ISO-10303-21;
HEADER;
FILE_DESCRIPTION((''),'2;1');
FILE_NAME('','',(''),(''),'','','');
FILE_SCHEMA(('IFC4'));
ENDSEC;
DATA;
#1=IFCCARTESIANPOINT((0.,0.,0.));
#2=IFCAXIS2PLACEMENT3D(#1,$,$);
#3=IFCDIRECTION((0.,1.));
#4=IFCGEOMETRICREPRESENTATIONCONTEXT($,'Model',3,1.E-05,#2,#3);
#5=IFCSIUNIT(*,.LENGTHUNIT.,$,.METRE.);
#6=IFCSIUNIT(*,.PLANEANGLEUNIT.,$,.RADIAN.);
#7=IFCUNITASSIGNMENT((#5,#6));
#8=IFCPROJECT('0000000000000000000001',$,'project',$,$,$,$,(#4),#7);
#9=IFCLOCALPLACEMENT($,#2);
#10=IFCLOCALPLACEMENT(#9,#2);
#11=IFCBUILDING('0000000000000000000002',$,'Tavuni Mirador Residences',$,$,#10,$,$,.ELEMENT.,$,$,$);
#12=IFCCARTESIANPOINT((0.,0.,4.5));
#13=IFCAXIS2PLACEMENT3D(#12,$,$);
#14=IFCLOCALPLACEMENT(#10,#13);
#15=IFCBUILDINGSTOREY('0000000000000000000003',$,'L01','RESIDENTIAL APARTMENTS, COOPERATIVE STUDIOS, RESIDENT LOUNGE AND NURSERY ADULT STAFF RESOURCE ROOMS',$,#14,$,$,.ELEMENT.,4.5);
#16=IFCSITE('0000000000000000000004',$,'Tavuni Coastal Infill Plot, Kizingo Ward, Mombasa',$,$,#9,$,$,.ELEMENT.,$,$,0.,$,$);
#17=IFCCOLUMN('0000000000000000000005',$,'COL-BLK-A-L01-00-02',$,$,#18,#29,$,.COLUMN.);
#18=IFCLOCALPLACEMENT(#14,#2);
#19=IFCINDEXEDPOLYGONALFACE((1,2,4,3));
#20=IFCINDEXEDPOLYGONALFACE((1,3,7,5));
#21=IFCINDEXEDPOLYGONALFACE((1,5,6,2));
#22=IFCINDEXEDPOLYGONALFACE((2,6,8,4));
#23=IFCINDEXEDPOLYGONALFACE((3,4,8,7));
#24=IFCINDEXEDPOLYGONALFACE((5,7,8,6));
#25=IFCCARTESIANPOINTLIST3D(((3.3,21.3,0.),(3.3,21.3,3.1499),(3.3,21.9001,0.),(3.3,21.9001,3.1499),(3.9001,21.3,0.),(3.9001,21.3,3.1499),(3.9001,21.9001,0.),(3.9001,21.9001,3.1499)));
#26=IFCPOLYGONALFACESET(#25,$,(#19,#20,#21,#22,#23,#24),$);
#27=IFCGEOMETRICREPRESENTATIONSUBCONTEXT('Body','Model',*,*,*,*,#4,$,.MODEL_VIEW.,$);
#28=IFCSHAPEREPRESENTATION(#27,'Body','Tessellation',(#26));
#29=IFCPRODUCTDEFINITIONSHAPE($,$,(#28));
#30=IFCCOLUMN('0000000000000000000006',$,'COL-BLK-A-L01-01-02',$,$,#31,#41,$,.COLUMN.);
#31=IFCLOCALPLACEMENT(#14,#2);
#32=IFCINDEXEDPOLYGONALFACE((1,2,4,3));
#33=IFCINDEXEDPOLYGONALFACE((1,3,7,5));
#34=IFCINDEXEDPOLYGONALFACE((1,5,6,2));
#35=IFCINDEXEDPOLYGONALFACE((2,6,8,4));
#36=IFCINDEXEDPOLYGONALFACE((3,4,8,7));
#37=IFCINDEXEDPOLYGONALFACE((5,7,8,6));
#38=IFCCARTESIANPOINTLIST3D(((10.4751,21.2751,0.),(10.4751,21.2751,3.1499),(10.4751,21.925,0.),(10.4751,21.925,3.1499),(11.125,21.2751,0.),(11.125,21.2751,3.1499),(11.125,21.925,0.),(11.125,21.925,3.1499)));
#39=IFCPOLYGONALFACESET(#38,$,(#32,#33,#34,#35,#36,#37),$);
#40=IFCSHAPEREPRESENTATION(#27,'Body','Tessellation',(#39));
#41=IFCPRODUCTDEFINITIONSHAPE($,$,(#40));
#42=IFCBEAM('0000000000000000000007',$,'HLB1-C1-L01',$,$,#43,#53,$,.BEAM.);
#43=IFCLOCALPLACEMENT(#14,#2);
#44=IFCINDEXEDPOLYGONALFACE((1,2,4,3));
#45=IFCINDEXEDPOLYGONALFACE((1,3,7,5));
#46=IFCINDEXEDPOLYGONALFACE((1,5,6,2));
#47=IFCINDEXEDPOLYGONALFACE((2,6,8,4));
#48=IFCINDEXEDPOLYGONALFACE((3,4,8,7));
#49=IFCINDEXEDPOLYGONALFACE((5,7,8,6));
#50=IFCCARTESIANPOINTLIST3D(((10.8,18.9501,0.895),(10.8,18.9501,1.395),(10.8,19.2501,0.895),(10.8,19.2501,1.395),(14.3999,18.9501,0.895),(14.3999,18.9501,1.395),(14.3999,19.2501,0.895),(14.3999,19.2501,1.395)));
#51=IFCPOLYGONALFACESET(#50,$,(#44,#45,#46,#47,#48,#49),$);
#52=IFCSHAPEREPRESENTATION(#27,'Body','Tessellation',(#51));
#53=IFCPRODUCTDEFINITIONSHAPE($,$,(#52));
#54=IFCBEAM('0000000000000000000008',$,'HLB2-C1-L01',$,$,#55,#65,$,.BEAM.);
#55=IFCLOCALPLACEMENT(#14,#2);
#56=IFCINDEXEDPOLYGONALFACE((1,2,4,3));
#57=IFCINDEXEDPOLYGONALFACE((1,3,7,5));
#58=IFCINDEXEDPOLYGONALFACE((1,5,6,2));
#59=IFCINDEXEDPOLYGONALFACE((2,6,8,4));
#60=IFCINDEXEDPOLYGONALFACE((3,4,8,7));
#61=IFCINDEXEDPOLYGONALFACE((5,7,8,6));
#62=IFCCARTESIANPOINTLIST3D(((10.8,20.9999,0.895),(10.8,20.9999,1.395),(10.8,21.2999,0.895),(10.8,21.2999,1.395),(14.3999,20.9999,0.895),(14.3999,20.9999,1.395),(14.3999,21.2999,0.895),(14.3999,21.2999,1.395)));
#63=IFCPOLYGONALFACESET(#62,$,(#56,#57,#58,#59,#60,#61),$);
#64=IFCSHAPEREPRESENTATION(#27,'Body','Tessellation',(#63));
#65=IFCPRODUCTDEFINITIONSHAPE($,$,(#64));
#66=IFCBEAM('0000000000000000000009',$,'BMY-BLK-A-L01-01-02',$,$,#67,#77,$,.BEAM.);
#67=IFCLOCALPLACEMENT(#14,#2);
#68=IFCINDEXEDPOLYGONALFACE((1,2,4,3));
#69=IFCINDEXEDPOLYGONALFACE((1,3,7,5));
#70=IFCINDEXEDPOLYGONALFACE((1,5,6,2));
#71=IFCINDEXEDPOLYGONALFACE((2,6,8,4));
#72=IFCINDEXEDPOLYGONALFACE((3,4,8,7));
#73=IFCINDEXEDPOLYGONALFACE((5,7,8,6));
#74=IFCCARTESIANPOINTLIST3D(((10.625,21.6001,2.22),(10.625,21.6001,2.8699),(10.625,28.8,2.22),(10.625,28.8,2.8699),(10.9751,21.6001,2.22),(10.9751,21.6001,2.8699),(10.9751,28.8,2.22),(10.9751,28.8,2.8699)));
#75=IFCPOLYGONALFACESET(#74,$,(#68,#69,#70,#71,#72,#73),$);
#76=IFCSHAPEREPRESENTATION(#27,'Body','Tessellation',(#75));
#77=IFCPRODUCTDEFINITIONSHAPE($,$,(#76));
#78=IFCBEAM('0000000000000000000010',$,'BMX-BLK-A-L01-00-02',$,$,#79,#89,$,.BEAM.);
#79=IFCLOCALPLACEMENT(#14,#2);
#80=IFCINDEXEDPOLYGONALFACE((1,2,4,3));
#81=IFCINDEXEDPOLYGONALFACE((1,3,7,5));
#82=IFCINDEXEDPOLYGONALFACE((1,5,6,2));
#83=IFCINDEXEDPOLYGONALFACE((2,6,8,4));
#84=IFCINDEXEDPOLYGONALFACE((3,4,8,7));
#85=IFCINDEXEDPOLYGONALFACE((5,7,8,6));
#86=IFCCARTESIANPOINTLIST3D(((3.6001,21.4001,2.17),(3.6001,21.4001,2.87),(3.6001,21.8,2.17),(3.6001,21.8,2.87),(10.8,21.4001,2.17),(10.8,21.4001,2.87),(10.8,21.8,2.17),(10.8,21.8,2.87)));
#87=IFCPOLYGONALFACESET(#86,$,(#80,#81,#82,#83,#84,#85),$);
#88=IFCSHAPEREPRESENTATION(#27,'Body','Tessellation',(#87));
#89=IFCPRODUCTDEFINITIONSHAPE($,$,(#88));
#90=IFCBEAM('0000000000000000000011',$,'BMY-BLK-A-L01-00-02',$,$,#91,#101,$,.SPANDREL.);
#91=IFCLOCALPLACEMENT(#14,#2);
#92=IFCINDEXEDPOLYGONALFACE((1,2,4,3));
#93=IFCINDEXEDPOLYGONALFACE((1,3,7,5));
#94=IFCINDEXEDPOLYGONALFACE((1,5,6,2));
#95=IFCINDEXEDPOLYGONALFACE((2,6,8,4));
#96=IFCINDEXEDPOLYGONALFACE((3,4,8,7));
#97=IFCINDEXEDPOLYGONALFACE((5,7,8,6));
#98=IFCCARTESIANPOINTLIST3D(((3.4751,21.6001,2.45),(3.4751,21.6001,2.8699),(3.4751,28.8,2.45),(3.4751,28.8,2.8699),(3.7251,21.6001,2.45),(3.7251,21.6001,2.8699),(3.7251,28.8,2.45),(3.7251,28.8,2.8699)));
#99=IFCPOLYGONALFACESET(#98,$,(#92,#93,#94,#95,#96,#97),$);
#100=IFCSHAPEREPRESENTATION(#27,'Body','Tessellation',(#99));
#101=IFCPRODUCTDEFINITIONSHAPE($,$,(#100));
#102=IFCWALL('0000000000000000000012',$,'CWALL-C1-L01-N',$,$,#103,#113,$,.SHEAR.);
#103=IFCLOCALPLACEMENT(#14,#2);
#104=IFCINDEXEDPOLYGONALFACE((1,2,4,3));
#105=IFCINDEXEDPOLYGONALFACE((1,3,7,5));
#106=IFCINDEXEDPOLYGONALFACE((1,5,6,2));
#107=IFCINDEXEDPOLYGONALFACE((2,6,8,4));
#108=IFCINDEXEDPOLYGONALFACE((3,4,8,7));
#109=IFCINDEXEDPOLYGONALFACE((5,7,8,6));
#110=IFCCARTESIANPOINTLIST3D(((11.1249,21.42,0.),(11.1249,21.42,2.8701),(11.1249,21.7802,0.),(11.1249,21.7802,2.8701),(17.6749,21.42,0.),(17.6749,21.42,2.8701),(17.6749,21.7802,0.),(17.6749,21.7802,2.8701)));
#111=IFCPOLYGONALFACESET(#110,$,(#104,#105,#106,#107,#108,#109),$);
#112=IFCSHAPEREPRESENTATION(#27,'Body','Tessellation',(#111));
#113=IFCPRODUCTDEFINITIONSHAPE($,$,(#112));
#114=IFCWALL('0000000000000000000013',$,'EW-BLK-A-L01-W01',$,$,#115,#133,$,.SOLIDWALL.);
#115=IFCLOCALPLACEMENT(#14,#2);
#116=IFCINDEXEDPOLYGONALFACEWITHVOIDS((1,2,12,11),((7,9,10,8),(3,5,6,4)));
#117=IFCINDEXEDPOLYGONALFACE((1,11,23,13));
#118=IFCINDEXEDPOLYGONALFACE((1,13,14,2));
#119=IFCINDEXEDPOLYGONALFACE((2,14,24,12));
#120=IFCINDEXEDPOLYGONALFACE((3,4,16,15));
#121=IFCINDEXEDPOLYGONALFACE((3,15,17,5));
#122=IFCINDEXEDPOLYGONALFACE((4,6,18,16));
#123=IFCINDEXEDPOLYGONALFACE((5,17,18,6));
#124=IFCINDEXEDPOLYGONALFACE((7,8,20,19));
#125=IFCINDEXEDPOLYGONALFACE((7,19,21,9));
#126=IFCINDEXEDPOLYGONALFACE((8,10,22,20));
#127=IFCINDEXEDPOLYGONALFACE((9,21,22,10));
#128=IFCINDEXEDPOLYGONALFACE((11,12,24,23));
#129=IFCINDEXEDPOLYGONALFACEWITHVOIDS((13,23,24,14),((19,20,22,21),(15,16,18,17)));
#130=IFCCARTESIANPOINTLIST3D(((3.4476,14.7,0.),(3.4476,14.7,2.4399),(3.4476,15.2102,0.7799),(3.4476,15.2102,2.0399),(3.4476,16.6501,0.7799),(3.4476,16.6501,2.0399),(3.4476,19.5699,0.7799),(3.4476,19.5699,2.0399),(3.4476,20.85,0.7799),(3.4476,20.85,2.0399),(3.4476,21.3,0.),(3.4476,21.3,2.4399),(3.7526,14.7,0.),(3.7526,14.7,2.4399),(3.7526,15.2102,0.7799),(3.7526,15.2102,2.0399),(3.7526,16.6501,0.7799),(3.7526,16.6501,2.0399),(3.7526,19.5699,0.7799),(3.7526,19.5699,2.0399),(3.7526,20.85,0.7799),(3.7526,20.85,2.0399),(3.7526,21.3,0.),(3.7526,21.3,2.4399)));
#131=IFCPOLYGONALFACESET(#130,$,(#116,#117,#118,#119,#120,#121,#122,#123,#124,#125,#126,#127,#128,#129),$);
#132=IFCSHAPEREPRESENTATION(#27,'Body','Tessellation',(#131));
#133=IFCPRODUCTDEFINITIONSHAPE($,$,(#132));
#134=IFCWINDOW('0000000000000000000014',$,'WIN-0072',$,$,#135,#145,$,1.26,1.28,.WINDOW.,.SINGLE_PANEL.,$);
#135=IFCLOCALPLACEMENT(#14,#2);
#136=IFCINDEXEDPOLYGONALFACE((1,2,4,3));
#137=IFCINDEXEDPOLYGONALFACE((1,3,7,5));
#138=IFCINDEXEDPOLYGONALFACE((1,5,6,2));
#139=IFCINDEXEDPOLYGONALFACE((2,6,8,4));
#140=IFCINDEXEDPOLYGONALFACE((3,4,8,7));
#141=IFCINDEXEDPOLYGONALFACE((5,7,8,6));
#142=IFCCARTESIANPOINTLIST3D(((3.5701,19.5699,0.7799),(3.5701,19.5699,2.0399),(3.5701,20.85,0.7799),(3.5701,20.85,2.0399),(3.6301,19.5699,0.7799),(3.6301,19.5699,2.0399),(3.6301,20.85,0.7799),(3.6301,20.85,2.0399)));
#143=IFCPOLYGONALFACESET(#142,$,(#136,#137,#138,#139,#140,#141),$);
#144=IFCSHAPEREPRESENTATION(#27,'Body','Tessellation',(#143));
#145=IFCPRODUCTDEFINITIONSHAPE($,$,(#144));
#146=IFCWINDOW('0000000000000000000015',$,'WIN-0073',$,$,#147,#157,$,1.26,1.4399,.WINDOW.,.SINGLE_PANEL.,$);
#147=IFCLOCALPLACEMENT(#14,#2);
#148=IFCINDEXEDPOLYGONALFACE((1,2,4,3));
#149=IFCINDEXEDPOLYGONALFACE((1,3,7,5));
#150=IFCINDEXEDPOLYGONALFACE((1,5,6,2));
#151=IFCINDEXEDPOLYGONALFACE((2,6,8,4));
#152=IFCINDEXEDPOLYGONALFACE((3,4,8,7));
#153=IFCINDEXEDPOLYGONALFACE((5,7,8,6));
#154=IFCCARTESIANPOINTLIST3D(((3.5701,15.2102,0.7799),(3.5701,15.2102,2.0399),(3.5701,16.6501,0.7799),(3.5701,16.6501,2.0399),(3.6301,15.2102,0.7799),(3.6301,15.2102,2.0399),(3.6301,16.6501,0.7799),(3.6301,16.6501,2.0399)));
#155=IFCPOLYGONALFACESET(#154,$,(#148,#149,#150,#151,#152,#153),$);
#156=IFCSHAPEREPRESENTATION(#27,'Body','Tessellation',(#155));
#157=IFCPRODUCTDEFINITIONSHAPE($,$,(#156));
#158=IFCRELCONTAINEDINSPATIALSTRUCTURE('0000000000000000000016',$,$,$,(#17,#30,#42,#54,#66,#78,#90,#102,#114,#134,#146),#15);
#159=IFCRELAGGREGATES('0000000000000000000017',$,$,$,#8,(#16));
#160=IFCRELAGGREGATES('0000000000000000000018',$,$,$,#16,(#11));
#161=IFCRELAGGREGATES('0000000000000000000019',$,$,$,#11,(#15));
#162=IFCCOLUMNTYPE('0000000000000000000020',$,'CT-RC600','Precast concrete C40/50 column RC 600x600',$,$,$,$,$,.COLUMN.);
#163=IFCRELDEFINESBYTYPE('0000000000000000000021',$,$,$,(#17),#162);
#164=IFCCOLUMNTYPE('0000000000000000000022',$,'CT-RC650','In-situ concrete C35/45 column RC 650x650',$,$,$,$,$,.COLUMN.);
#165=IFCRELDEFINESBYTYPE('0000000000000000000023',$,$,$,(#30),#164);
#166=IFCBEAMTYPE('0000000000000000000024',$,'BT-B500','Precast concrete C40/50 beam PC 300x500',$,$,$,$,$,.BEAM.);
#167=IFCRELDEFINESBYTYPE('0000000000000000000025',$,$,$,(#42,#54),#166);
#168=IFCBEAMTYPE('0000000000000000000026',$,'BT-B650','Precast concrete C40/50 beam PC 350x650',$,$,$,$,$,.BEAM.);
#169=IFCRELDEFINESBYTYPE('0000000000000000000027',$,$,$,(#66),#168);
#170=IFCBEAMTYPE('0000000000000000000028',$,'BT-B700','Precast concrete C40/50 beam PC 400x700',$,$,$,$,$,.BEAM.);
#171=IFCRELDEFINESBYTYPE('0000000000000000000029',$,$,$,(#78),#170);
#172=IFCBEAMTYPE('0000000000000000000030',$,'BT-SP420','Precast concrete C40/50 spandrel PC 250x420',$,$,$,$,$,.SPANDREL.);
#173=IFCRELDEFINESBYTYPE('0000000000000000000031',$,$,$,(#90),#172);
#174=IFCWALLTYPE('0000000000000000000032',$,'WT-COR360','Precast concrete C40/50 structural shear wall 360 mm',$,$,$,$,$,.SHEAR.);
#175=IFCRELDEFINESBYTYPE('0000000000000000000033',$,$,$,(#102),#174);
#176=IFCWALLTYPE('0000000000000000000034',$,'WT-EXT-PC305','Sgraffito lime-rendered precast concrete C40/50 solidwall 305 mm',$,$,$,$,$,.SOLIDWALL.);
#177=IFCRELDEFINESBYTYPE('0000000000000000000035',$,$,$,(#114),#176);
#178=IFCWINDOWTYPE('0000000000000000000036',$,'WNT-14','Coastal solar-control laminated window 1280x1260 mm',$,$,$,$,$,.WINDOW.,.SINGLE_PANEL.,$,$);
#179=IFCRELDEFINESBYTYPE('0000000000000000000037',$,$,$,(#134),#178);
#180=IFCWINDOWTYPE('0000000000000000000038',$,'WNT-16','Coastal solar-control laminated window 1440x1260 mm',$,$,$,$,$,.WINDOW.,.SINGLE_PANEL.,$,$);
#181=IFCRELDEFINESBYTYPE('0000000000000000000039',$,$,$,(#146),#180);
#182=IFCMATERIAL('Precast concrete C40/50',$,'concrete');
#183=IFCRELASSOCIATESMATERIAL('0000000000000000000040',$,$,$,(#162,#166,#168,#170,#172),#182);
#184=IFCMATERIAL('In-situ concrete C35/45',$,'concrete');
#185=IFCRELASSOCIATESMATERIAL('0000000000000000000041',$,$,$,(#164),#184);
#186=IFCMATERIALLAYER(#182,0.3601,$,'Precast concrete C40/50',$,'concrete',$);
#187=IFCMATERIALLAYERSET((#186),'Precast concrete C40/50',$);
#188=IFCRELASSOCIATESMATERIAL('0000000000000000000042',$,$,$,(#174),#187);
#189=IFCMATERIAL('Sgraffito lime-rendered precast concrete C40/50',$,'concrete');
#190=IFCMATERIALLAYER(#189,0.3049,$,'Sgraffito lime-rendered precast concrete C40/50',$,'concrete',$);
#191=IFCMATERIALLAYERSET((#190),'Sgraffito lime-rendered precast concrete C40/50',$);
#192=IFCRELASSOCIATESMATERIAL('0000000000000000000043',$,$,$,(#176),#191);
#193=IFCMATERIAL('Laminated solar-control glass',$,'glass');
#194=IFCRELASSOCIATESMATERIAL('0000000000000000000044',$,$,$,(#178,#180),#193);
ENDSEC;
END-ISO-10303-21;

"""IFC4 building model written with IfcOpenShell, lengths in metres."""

from ifc_helpers import new_model, si_unit, direction, frame, frame_2d, origin, origin_2d, place, context, subcontext, project, spatial, rectangle, extrude, material, layer, layer_set, material_profile, profile_set, type_object, element, fill, save


model = new_model("IFC4")

# Units and contexts
model_context = context("Model", 3, precision=1e-05, world=origin(), true_north=direction((0.0, 1.0)))
body_context = subcontext(model_context, "Body", "Model", "MODEL_VIEW")
ifc_project = project(units=[si_unit("LENGTHUNIT", "METRE"), si_unit("PLANEANGLEUNIT", "RADIAN")], contexts=[model_context])

# Site, building, storey
site_placement = place(None, origin())
site = spatial("IfcSite", under=ifc_project, at=site_placement, Name="Tavuni Coastal Infill Plot, Kizingo Ward, Mombasa", CompositionType="ELEMENT", RefElevation=0.0)
building_placement = place(site_placement, origin())
building = spatial("IfcBuilding", under=site, at=building_placement, Name="Tavuni Mirador Residences", CompositionType="ELEMENT")
storey_placement = place(building_placement, frame((0.0, 0.0, 4.5)))
storey = spatial("IfcBuildingStorey", under=building, at=storey_placement, Name="L01", Description="RESIDENTIAL APARTMENTS, COOPERATIVE STUDIOS, RESIDENT LOUNGE AND NURSERY ADULT STAFF RESOURCE ROOMS", CompositionType="ELEMENT", Elevation=4.5)

# Columns
ifc_material_1 = material(Name="Precast concrete C40/50", Category="concrete")
ifc_material_profile_1 = material_profile(ifc_material_1, rectangle(XDim=0.6001, YDim=0.6001, at=origin_2d()), Name="RC 600x600", Category="concrete")
ifc_profile_set_1 = profile_set([ifc_material_profile_1], Name="Precast concrete C40/50")
column_type_1 = type_object("IfcColumnType", Name="CT-RC600", Description="Precast concrete C40/50 column RC 600x600", PredefinedType="COLUMN", material=ifc_profile_set_1)
column_1_placement = place(storey_placement, frame((3.6001, 21.6001, 0.0), z_axis=(0.0, 0.0, 1.0), x_axis=(1.0, 0.0, 0.0)))
element("IfcColumn", 1, at=column_1_placement, inside=storey, type_object=column_type_1, Name="COL-BLK-A-L01-00-02", PredefinedType="COLUMN", context=body_context, shape_type="SweptSolid", body=[
    extrude(rectangle(XDim=0.6001, YDim=0.6001, at=origin_2d()), origin(), (0.0, 0.0, 1.0), 3.1499),
])
ifc_material_2 = material(Name="In-situ concrete C35/45", Category="concrete")
ifc_material_profile_2 = material_profile(ifc_material_2, rectangle(XDim=0.6499, YDim=0.6499, at=origin_2d()), Name="RC 650x650", Category="concrete")
ifc_profile_set_2 = profile_set([ifc_material_profile_2], Name="In-situ concrete C35/45")
column_type_2 = type_object("IfcColumnType", Name="CT-RC650", Description="In-situ concrete C35/45 column RC 650x650", PredefinedType="COLUMN", material=ifc_profile_set_2)
column_2_placement = place(storey_placement, frame((10.8, 21.6001, 0.0), z_axis=(0.0, 0.0, 1.0), x_axis=(1.0, 0.0, 0.0)))
element("IfcColumn", 2, at=column_2_placement, inside=storey, type_object=column_type_2, Name="COL-BLK-A-L01-01-02", PredefinedType="COLUMN", context=body_context, shape_type="SweptSolid", body=[
    extrude(rectangle(XDim=0.6499, YDim=0.6499, at=origin_2d()), origin(), (0.0, 0.0, 1.0), 3.1499),
])

# Beams
ifc_material_profile_3 = material_profile(ifc_material_1, rectangle(XDim=0.3, YDim=0.5, at=origin_2d()), Name="PC 300x500", Category="concrete")
ifc_profile_set_3 = profile_set([ifc_material_profile_3], Name="Precast concrete C40/50")
beam_type_1 = type_object("IfcBeamType", Name="BT-B500", Description="Precast concrete C40/50 beam PC 300x500", PredefinedType="BEAM", material=ifc_profile_set_3)
for number, where, z_axis, x_axis, name in (
    (3, (10.8, 19.1001, 1.145), (1.0, 0.0, 0.0), (0.0, 1.0, 0.0), "HLB1-C1-L01"),
    (4, (10.8, 21.1499, 1.145), (1.0, 0.0, 0.0), (0.0, 1.0, 0.0), "HLB2-C1-L01"),
):
    element("IfcBeam", number, at=place(storey_placement, frame(where, z_axis=z_axis, x_axis=x_axis)), inside=storey, type_object=beam_type_1, Name=name, PredefinedType="BEAM", context=body_context, shape_type="SweptSolid", body=[
        extrude(rectangle(XDim=0.3, YDim=0.5, at=origin_2d()), origin(), (0.0, 0.0, 1.0), 3.5999),
    ])
ifc_material_profile_4 = material_profile(ifc_material_1, rectangle(XDim=0.3501, YDim=0.6499, at=origin_2d()), Name="PC 350x650", Category="concrete")
ifc_profile_set_4 = profile_set([ifc_material_profile_4], Name="Precast concrete C40/50")
beam_type_2 = type_object("IfcBeamType", Name="BT-B650", Description="Precast concrete C40/50 beam PC 350x650", PredefinedType="BEAM", material=ifc_profile_set_4)
beam_1_placement = place(storey_placement, frame((10.8, 21.6001, 2.5449), z_axis=(0.0, 1.0, 0.0), x_axis=(-1.0, 0.0, 0.0)))
element("IfcBeam", 5, at=beam_1_placement, inside=storey, type_object=beam_type_2, Name="BMY-BLK-A-L01-01-02", PredefinedType="BEAM", context=body_context, shape_type="SweptSolid", body=[
    extrude(rectangle(XDim=0.3501, YDim=0.6499, at=origin_2d()), origin(), (0.0, 0.0, 1.0), 7.2),
])
ifc_material_profile_5 = material_profile(ifc_material_1, rectangle(XDim=0.3999, YDim=0.7, at=origin_2d()), Name="PC 400x700", Category="concrete")
ifc_profile_set_5 = profile_set([ifc_material_profile_5], Name="Precast concrete C40/50")
beam_type_3 = type_object("IfcBeamType", Name="BT-B700", Description="Precast concrete C40/50 beam PC 400x700", PredefinedType="BEAM", material=ifc_profile_set_5)
beam_2_placement = place(storey_placement, frame((3.6001, 21.6001, 2.52), z_axis=(1.0, 0.0, 0.0), x_axis=(0.0, 1.0, 0.0)))
element("IfcBeam", 6, at=beam_2_placement, inside=storey, type_object=beam_type_3, Name="BMX-BLK-A-L01-00-02", PredefinedType="BEAM", context=body_context, shape_type="SweptSolid", body=[
    extrude(rectangle(XDim=0.3999, YDim=0.7, at=origin_2d()), origin(), (0.0, 0.0, 1.0), 7.2),
])
ifc_material_profile_6 = material_profile(ifc_material_1, rectangle(XDim=0.25, YDim=0.4199, at=origin_2d()), Name="PC 250x420", Category="concrete")
ifc_profile_set_6 = profile_set([ifc_material_profile_6], Name="Precast concrete C40/50")
beam_type_4 = type_object("IfcBeamType", Name="BT-SP420", Description="Precast concrete C40/50 spandrel PC 250x420", PredefinedType="SPANDREL", material=ifc_profile_set_6)
beam_3_placement = place(storey_placement, frame((3.6001, 21.6001, 2.6599), z_axis=(0.0, 1.0, 0.0), x_axis=(-1.0, 0.0, 0.0)))
element("IfcBeam", 7, at=beam_3_placement, inside=storey, type_object=beam_type_4, Name="BMY-BLK-A-L01-00-02", PredefinedType="SPANDREL", context=body_context, shape_type="SweptSolid", body=[
    extrude(rectangle(XDim=0.25, YDim=0.4199, at=origin_2d()), origin(), (0.0, 0.0, 1.0), 7.2),
])

# Wall
ifc_layer_1 = layer(ifc_material_1, 0.3601, Name="Precast concrete C40/50", Category="concrete")
ifc_layer_set_1 = layer_set([ifc_layer_1], Name="Precast concrete C40/50")
wall_type_1 = type_object("IfcWallType", Name="WT-COR360", Description="Precast concrete C40/50 structural shear wall 360 mm", PredefinedType="SHEAR", material=ifc_layer_set_1)
wall_1_placement = place(storey_placement, frame((11.125, 21.6001, 0.0), z_axis=(0.0, 0.0, 1.0), x_axis=(1.0, 0.0, 0.0)))
element("IfcWall", 8, at=wall_1_placement, inside=storey, type_object=wall_type_1, Name="CWALL-C1-L01-N", PredefinedType="SHEAR", context=body_context, shape_type="SweptSolid", body=[
    extrude(rectangle(XDim=6.55, YDim=0.3601, at=frame_2d((3.2749, 0.0))), origin(), (0.0, 0.0, 1.0), 2.8701),
])

# Wall, openings, windows
ifc_material_3 = material(Name="Sgraffito lime-rendered precast concrete C40/50", Category="concrete")
ifc_layer_2 = layer(ifc_material_3, 0.3049, Name="Sgraffito lime-rendered precast concrete C40/50", Category="concrete")
ifc_layer_set_2 = layer_set([ifc_layer_2], Name="Sgraffito lime-rendered precast concrete C40/50")
wall_type_2 = type_object("IfcWallType", Name="WT-EXT-PC305", Description="Sgraffito lime-rendered precast concrete C40/50 solidwall 305 mm", PredefinedType="SOLIDWALL", material=ifc_layer_set_2)
wall_2_placement = place(storey_placement, frame((3.6001, 21.3, 0.0), z_axis=(0.0, 0.0, 1.0), x_axis=(0.0, -1.0, 0.0)))
wall_2 = element("IfcWall", 9, at=wall_2_placement, inside=storey, type_object=wall_type_2, Name="EW-BLK-A-L01-W01", PredefinedType="SOLIDWALL", context=body_context, shape_type="SweptSolid", body=[
    extrude(rectangle(XDim=6.6001, YDim=0.3049, at=frame_2d((3.3, 0.0))), origin(), (0.0, 0.0, 1.0), 2.4399),
])
opening_1_placement = place(wall_2_placement, frame((0.45, 0.0, 0.78)))
opening_1 = element("IfcOpeningElement", 10, at=opening_1_placement, cuts=wall_2, PredefinedType="OPENING", context=body_context, shape_type="SweptSolid", body=[
    extrude(rectangle(XDim=1.28, YDim=1.26, at=frame_2d((0.6401, 0.6299))), frame((0.0, 0.1626, 0.0), z_axis=(0.0, -1.0, 0.0), x_axis=(1.0, 0.0, 0.0)), (0.0, 0.0, 1.0), 0.325),
])
opening_2_placement = place(wall_2_placement, frame((4.6499, 0.0, 0.78)))
opening_2 = element("IfcOpeningElement", 11, at=opening_2_placement, cuts=wall_2, PredefinedType="OPENING", context=body_context, shape_type="SweptSolid", body=[
    extrude(rectangle(XDim=1.4399, YDim=1.26, at=frame_2d((0.72, 0.6299))), frame((0.0, 0.1626, 0.0), z_axis=(0.0, -1.0, 0.0), x_axis=(1.0, 0.0, 0.0)), (0.0, 0.0, 1.0), 0.325),
])
ifc_material_4 = material(Name="Laminated solar-control glass", Category="glass")
window_type_1 = type_object("IfcWindowType", Name="WNT-14", Description="Coastal solar-control laminated window 1280x1260 mm", PartitioningType="SINGLE_PANEL", PredefinedType="WINDOW", material=ifc_material_4)
window_1_placement = place(opening_1_placement, origin())
window_1 = element("IfcWindow", 12, at=window_1_placement, inside=storey, type_object=window_type_1, Name="WIN-0072", OverallHeight=1.26, OverallWidth=1.28, PartitioningType="SINGLE_PANEL", PredefinedType="WINDOW", context=body_context, shape_type="SweptSolid", body=[
    extrude(rectangle(XDim=1.28, YDim=1.26, at=frame_2d((0.6401, 0.6299))), frame((0.0, 0.03, 0.0), z_axis=(0.0, -1.0, 0.0), x_axis=(1.0, 0.0, 0.0)), (0.0, 0.0, 1.0), 0.0601),
])
fill(opening_1, window_1)
window_type_2 = type_object("IfcWindowType", Name="WNT-16", Description="Coastal solar-control laminated window 1440x1260 mm", PartitioningType="SINGLE_PANEL", PredefinedType="WINDOW", material=ifc_material_4)
window_2_placement = place(opening_2_placement, origin())
window_2 = element("IfcWindow", 13, at=window_2_placement, inside=storey, type_object=window_type_2, Name="WIN-0073", OverallHeight=1.26, OverallWidth=1.4399, PartitioningType="SINGLE_PANEL", PredefinedType="WINDOW", context=body_context, shape_type="SweptSolid", body=[
    extrude(rectangle(XDim=1.4399, YDim=1.26, at=frame_2d((0.72, 0.6299))), frame((0.0, 0.03, 0.0), z_axis=(0.0, -1.0, 0.0), x_axis=(1.0, 0.0, 0.0)), (0.0, 0.0, 1.0), 0.0601),
])
fill(opening_2, window_2)

save(model, "model.ifc")
